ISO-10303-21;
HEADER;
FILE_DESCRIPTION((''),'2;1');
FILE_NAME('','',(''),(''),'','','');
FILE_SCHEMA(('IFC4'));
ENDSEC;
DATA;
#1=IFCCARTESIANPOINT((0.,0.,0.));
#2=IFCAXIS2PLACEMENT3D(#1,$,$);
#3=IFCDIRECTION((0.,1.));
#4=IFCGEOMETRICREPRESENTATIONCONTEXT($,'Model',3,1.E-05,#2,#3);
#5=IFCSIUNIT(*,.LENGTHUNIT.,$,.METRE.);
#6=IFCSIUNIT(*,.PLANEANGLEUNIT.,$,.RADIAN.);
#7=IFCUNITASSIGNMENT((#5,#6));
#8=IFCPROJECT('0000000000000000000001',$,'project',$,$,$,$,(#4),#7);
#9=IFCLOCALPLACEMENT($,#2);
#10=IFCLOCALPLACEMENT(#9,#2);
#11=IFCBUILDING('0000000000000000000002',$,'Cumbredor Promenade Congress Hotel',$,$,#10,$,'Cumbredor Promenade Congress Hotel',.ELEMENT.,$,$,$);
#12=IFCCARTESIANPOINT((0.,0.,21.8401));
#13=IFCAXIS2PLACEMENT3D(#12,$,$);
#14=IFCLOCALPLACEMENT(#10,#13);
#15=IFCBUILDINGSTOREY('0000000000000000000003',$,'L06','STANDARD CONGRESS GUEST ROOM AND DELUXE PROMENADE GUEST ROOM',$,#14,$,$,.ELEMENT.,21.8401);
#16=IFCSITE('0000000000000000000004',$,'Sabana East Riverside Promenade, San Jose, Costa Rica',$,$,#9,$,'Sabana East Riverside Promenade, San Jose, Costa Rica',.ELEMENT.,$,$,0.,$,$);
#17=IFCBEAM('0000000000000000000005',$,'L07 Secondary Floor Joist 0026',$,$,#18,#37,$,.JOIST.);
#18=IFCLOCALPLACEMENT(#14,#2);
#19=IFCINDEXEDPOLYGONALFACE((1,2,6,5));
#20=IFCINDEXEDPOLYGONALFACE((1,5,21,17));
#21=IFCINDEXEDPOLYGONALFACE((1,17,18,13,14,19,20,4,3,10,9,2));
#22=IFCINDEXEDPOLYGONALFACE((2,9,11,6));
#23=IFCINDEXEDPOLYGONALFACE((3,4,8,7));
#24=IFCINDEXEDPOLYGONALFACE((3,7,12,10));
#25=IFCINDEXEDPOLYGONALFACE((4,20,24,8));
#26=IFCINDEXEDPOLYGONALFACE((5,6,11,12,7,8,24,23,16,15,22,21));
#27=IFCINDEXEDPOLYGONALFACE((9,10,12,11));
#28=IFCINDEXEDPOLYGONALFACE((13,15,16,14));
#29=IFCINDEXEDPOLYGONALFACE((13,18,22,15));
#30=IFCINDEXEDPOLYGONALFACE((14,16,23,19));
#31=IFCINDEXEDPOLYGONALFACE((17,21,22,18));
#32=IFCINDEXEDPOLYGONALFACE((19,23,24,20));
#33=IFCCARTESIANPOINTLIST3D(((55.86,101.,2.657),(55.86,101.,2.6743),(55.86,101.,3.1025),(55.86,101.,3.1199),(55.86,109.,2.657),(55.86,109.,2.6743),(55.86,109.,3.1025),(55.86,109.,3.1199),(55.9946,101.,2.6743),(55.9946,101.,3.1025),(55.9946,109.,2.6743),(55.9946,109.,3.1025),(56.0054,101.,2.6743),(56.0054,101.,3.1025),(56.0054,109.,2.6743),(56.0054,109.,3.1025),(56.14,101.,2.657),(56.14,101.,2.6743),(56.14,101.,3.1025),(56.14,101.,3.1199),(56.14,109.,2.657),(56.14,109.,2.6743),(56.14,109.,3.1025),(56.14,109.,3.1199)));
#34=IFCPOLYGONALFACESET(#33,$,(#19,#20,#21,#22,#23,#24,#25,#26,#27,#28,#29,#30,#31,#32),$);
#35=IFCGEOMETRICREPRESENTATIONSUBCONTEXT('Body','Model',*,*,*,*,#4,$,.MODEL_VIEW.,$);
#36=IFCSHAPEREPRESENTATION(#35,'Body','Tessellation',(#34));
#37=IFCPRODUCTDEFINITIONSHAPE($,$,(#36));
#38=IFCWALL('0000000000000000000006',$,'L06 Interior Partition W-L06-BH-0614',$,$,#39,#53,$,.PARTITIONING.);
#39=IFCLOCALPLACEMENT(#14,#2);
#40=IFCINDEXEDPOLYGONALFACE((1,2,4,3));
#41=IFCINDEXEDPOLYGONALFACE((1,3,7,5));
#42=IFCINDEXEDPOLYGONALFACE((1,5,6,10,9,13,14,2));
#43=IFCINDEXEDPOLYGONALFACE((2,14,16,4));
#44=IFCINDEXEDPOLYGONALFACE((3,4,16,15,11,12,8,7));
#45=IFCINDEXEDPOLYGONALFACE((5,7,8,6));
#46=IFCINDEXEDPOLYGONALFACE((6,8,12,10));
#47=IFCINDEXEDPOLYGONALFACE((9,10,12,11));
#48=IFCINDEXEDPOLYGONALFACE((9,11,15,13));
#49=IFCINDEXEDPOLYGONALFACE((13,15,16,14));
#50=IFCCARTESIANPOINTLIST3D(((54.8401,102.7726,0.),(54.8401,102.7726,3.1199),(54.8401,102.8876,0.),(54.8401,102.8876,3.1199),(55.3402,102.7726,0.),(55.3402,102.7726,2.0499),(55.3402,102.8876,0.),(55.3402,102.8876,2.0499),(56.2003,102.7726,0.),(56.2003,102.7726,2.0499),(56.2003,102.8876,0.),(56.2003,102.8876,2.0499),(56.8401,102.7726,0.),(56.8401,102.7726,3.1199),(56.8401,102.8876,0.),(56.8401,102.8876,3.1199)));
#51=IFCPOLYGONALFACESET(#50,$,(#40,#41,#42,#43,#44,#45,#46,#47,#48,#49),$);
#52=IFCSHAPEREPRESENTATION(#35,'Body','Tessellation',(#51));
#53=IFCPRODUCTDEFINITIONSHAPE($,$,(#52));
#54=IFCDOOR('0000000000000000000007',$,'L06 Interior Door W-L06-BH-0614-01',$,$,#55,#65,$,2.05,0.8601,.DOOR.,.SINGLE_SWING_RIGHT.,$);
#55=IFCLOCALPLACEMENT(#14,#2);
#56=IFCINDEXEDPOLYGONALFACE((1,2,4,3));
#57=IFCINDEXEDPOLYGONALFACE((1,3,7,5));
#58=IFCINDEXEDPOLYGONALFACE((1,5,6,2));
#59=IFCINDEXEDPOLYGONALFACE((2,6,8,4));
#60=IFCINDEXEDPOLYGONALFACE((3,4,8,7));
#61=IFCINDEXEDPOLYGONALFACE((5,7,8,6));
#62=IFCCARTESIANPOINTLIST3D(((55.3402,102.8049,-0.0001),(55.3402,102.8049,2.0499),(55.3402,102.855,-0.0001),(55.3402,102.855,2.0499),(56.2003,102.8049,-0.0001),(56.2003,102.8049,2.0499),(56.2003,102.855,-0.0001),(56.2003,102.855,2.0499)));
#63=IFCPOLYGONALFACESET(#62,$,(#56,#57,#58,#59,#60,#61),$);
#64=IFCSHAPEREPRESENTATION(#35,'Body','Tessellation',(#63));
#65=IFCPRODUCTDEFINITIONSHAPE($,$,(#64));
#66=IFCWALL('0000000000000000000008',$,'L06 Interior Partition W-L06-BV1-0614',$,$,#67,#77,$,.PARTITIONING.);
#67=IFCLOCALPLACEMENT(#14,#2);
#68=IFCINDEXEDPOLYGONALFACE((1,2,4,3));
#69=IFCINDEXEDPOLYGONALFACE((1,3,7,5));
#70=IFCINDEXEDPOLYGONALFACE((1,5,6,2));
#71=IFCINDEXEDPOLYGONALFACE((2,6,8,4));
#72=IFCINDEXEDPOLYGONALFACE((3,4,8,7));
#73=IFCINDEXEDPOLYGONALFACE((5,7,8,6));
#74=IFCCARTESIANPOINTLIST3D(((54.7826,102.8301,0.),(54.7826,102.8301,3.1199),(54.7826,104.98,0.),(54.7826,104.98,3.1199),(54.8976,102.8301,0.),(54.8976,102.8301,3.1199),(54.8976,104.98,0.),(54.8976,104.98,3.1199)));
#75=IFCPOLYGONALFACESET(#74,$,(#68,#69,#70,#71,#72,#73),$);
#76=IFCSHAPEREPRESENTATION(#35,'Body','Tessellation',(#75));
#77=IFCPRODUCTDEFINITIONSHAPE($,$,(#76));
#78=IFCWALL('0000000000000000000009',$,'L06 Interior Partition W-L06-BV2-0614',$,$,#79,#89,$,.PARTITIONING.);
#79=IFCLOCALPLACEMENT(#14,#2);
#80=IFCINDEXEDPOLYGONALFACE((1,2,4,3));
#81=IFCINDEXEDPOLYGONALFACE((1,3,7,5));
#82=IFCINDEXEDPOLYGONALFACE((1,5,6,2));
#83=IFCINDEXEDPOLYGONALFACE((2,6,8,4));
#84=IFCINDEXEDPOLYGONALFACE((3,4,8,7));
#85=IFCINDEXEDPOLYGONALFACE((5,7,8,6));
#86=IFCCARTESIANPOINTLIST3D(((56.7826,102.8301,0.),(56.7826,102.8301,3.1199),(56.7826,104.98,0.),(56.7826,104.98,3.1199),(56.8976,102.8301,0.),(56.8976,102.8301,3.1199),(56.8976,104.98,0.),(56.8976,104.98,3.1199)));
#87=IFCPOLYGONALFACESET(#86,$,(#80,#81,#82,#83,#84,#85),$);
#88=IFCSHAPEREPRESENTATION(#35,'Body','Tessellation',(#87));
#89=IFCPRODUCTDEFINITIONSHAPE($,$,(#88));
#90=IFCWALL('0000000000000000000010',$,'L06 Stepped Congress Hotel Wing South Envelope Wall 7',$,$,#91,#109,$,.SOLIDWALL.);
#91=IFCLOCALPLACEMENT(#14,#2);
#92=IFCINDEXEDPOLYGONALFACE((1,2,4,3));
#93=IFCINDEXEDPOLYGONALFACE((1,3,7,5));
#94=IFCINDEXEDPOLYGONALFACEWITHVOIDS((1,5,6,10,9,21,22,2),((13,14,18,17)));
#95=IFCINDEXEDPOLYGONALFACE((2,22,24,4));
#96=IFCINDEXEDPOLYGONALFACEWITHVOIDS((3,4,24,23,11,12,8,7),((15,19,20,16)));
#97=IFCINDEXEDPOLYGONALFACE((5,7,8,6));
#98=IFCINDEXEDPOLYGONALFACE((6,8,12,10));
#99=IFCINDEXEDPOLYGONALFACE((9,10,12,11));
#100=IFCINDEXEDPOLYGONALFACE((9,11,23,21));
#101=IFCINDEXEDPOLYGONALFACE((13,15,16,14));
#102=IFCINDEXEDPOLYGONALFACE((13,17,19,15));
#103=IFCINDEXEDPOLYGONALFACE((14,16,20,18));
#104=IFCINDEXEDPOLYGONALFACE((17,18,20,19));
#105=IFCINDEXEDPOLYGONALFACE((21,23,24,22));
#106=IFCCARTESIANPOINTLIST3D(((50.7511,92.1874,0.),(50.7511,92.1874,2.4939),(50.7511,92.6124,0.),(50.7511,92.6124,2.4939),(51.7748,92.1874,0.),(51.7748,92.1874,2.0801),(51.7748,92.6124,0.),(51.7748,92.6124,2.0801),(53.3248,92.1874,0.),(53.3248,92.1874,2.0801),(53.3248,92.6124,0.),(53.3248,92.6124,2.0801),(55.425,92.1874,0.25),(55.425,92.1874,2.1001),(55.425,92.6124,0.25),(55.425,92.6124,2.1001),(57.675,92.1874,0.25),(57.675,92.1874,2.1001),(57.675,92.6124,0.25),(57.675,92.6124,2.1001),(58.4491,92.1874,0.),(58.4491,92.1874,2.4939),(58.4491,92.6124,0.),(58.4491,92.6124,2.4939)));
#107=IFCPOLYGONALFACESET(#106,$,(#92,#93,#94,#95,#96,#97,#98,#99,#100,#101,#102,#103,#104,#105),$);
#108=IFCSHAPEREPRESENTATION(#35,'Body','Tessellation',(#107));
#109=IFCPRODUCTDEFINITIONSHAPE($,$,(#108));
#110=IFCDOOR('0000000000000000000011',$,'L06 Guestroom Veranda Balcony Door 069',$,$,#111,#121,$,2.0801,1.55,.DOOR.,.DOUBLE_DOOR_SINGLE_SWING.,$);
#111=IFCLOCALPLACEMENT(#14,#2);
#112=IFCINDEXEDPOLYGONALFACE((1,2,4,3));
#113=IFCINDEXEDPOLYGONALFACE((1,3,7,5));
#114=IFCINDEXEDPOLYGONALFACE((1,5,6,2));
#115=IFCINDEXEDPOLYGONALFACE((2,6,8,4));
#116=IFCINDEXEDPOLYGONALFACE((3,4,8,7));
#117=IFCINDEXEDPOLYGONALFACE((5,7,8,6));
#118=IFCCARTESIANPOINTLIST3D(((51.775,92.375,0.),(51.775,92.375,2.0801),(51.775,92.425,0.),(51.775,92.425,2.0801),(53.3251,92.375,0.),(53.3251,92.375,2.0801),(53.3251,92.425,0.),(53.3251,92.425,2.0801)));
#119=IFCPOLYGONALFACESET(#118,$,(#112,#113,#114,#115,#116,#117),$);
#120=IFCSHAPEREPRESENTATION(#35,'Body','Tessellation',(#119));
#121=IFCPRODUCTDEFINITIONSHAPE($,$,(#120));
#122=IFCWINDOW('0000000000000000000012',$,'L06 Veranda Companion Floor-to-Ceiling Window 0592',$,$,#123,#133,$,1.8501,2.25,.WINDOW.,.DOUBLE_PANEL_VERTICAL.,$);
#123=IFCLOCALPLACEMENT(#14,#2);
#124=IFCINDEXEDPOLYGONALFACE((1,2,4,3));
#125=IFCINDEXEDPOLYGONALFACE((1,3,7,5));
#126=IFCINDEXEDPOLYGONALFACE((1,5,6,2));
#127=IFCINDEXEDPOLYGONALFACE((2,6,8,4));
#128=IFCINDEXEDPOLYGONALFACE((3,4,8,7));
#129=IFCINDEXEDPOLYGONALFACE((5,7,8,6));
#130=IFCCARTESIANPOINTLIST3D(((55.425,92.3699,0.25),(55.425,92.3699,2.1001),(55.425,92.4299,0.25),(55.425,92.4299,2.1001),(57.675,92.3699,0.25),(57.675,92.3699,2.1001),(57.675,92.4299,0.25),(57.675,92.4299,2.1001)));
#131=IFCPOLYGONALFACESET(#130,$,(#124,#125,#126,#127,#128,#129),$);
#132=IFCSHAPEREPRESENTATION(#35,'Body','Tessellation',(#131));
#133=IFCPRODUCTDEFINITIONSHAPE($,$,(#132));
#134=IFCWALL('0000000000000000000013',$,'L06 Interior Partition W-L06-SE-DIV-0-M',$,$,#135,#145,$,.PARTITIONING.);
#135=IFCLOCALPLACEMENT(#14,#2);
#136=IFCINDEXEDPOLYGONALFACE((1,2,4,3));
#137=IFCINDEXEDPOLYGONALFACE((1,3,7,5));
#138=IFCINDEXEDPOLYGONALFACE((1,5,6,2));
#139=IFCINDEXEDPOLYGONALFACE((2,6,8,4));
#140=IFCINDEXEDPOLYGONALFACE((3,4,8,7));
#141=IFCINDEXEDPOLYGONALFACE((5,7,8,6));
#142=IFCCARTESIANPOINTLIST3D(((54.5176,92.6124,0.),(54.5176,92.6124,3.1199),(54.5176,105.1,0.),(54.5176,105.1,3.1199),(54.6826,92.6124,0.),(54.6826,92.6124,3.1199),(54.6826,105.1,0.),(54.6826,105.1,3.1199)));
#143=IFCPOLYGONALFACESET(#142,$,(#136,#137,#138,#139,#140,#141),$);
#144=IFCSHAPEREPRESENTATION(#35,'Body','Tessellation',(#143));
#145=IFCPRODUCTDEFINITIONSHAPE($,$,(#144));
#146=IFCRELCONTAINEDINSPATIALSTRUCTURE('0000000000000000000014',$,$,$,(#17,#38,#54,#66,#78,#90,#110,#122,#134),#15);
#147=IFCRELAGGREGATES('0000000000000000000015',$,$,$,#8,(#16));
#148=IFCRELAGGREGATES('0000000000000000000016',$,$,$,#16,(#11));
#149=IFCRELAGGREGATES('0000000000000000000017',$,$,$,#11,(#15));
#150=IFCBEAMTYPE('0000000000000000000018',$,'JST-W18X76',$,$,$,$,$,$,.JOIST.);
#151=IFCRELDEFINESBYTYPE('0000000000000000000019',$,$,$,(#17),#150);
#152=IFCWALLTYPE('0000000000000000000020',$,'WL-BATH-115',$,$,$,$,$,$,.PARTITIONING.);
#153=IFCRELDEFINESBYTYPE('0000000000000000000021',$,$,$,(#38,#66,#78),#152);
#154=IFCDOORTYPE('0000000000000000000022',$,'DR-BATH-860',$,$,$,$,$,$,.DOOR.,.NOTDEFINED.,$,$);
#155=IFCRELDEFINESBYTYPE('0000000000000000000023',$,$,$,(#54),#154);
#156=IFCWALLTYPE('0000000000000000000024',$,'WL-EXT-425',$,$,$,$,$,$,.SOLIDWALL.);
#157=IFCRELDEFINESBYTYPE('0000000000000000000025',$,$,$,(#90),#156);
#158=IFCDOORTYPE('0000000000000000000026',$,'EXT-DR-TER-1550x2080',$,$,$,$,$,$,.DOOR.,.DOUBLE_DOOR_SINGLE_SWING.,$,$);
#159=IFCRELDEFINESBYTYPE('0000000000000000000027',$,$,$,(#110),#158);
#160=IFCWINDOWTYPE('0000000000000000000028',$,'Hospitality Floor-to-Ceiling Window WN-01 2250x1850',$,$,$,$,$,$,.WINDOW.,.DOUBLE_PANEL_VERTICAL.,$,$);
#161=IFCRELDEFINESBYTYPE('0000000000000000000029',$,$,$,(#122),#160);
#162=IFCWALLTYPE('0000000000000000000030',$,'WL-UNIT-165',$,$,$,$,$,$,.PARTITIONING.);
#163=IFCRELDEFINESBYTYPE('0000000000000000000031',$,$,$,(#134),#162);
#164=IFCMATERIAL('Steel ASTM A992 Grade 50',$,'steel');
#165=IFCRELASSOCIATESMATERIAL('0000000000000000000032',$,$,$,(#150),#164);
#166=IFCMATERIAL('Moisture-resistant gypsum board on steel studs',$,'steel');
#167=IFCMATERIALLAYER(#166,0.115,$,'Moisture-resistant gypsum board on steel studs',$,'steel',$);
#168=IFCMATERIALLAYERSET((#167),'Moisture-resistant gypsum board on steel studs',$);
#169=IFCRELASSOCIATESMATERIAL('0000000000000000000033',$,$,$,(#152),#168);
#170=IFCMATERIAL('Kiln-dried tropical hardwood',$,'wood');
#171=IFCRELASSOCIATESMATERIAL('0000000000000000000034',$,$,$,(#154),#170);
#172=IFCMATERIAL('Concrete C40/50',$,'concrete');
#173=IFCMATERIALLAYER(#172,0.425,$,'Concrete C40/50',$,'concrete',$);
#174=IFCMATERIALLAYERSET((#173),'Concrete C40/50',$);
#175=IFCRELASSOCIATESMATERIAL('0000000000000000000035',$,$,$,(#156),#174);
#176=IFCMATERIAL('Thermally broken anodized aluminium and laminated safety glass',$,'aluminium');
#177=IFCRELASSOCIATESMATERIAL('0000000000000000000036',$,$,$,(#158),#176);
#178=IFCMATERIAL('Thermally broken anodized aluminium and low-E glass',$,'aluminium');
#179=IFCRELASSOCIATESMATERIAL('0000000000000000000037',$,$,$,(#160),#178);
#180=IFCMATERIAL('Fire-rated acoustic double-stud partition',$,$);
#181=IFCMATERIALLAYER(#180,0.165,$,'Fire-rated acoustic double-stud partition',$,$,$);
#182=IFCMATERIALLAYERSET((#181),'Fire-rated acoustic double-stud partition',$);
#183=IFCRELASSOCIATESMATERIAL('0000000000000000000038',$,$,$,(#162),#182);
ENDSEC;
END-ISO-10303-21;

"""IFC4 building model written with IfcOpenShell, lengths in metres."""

from ifc_helpers import new_model, si_unit, direction, frame, frame_2d, origin, origin_2d, place, context, subcontext, project, spatial, rectangle, i_section, extrude, material, layer, layer_set, material_profile, profile_set, type_object, element, fill, save


model = new_model("IFC4")

# Units and contexts
model_context = context("Model", 3, precision=1e-05, world=origin(), true_north=direction((0.0, 1.0)))
body_context = subcontext(model_context, "Body", "Model", "MODEL_VIEW")
ifc_project = project(units=[si_unit("LENGTHUNIT", "METRE"), si_unit("PLANEANGLEUNIT", "RADIAN")], contexts=[model_context])

# Site, building, storey
site_placement = place(None, origin())
site = spatial("IfcSite", under=ifc_project, at=site_placement, Name="Sabana East Riverside Promenade, San Jose, Costa Rica", LongName="Sabana East Riverside Promenade, San Jose, Costa Rica", CompositionType="ELEMENT", RefElevation=0.0)
building_placement = place(site_placement, origin())
building = spatial("IfcBuilding", under=site, at=building_placement, Name="Cumbredor Promenade Congress Hotel", LongName="Cumbredor Promenade Congress Hotel", CompositionType="ELEMENT")
storey_placement = place(building_placement, frame((0.0, 0.0, 21.8401)))
storey = spatial("IfcBuildingStorey", under=building, at=storey_placement, Name="L06", Description="STANDARD CONGRESS GUEST ROOM AND DELUXE PROMENADE GUEST ROOM", CompositionType="ELEMENT", Elevation=21.8401)

# Shared definitions
ifc_material_1 = material(Name="Concrete C40/50", Category="concrete")

# Beam
ifc_material_2 = material(Name="Steel ASTM A992 Grade 50", Category="steel")
ifc_material_profile_1 = material_profile(ifc_material_2, i_section(OverallWidth=0.28, OverallDepth=0.4629, WebThickness=0.0107, FlangeThickness=0.0173, at=origin_2d()), Name="W18X76")
ifc_profile_set_1 = profile_set([ifc_material_profile_1], Name="Steel ASTM A992 Grade 50")
beam_type_1 = type_object("IfcBeamType", Name="JST-W18X76", PredefinedType="JOIST", material=ifc_profile_set_1)
for number, where, z_axis, x_axis, name in (
    (1, (56.0, 101.0, 2.8884), (0.0, 1.0, 0.0), (-1.0, 0.0, 0.0), "L07 Secondary Floor Joist 0026"),
):
    element("IfcBeam", number, at=place(storey_placement, frame(where, z_axis=z_axis, x_axis=x_axis)), inside=storey, type_object=beam_type_1, Name=name, PredefinedType="JOIST", context=body_context, shape_type="SweptSolid", body=[
        extrude(i_section(OverallWidth=0.28, OverallDepth=0.4629, WebThickness=0.0107, FlangeThickness=0.0173, at=origin_2d()), origin(), (0.0, 0.0, 1.0), 8.0),
    ])

# Wall, opening, door
ifc_material_3 = material(Name="Moisture-resistant gypsum board on steel studs", Category="steel")
ifc_layer_1 = layer(ifc_material_3, 0.115, Name="Moisture-resistant gypsum board on steel studs", Category="steel")
ifc_layer_set_1 = layer_set([ifc_layer_1], Name="Moisture-resistant gypsum board on steel studs")
wall_type_1 = type_object("IfcWallType", Name="WL-BATH-115", PredefinedType="PARTITIONING", material=ifc_layer_set_1)
wall_1_placement = place(storey_placement, frame((54.8401, 102.8301, 0.0), z_axis=(0.0, 0.0, 1.0), x_axis=(1.0, 0.0, 0.0)))
wall_1 = element("IfcWall", 2, at=wall_1_placement, inside=storey, type_object=wall_type_1, Name="L06 Interior Partition W-L06-BH-0614", PredefinedType="PARTITIONING", context=body_context, shape_type="SweptSolid", body=[
    extrude(rectangle(XDim=2.0, YDim=0.115, at=frame_2d((1.0, 0.0))), origin(), (0.0, 0.0, 1.0), 3.1199),
])
opening_1_placement = place(wall_1_placement, frame((0.5, 0.0, 0.0)))
opening_1 = element("IfcOpeningElement", 3, at=opening_1_placement, cuts=wall_1, PredefinedType="OPENING", context=body_context, shape_type="SweptSolid", body=[
    extrude(rectangle(XDim=0.8601, YDim=2.05, at=frame_2d((0.4302, 1.0249))), frame((0.0, 0.0674, 0.0), z_axis=(0.0, -1.0, 0.0), x_axis=(1.0, 0.0, 0.0)), (0.0, 0.0, 1.0), 0.135),
])
ifc_material_4 = material(Name="Kiln-dried tropical hardwood", Category="wood")
door_type_1 = type_object("IfcDoorType", Name="DR-BATH-860", OperationType="NOTDEFINED", PredefinedType="DOOR", material=ifc_material_4)
door_1_placement = place(opening_1_placement, origin())
door_1 = element("IfcDoor", 4, at=door_1_placement, inside=storey, type_object=door_type_1, Name="L06 Interior Door W-L06-BH-0614-01", OperationType="SINGLE_SWING_RIGHT", OverallHeight=2.05, OverallWidth=0.8601, PredefinedType="DOOR", context=body_context, shape_type="SweptSolid", body=[
    extrude(rectangle(XDim=0.8601, YDim=2.05, at=frame_2d((0.4302, 1.0249))), frame((0.0, 0.0249, 0.0), z_axis=(0.0, -1.0, 0.0), x_axis=(1.0, 0.0, 0.0)), (0.0, 0.0, 1.0), 0.05),
])
fill(opening_1, door_1)

# Walls
for number, where, z_axis, x_axis, name in (
    (5, (54.8401, 102.8301, 0.0), (0.0, 0.0, 1.0), (0.0, 1.0, 0.0), "L06 Interior Partition W-L06-BV1-0614"),
    (6, (56.8401, 102.8301, 0.0), (0.0, 0.0, 1.0), (0.0, 1.0, 0.0), "L06 Interior Partition W-L06-BV2-0614"),
):
    element("IfcWall", number, at=place(storey_placement, frame(where, z_axis=z_axis, x_axis=x_axis)), inside=storey, type_object=wall_type_1, Name=name, PredefinedType="PARTITIONING", context=body_context, shape_type="SweptSolid", body=[
        extrude(rectangle(XDim=2.1499, YDim=0.115, at=frame_2d((1.075, 0.0))), origin(), (0.0, 0.0, 1.0), 3.1199),
    ])

# Wall, openings, door, window
ifc_layer_2 = layer(ifc_material_1, 0.425, Name="Concrete C40/50", Category="concrete")
ifc_layer_set_2 = layer_set([ifc_layer_2], Name="Concrete C40/50")
wall_type_2 = type_object("IfcWallType", Name="WL-EXT-425", PredefinedType="SOLIDWALL", material=ifc_layer_set_2)
wall_2_placement = place(storey_placement, frame((50.751, 92.3999, 0.0), z_axis=(0.0, 0.0, 1.0), x_axis=(1.0, 0.0, 0.0)))
wall_2 = element("IfcWall", 7, at=wall_2_placement, inside=storey, type_object=wall_type_2, Name="L06 Stepped Congress Hotel Wing South Envelope Wall 7", PredefinedType="SOLIDWALL", context=body_context, shape_type="SweptSolid", body=[
    extrude(rectangle(XDim=7.698, YDim=0.425, at=frame_2d((3.8491, 0.0))), origin(), (0.0, 0.0, 1.0), 2.4939),
])
opening_2_placement = place(wall_2_placement, frame((1.0239, 0.0, 0.0)))
opening_2 = element("IfcOpeningElement", 8, at=opening_2_placement, cuts=wall_2, PredefinedType="OPENING", context=body_context, shape_type="SweptSolid", body=[
    extrude(rectangle(XDim=1.55, YDim=2.0801, at=frame_2d((0.7749, 1.04))), frame((0.0, 0.2227, 0.0), z_axis=(0.0, -1.0, 0.0), x_axis=(1.0, 0.0, 0.0)), (0.0, 0.0, 1.0), 0.4451),
])
opening_3_placement = place(wall_2_placement, frame((4.6741, 0.0, 0.25)))
opening_3 = element("IfcOpeningElement", 9, at=opening_3_placement, cuts=wall_2, PredefinedType="OPENING", context=body_context, shape_type="SweptSolid", body=[
    extrude(rectangle(XDim=2.25, YDim=1.8501, at=frame_2d((1.125, 0.925))), frame((0.0, 0.2227, 0.0), z_axis=(0.0, -1.0, 0.0), x_axis=(1.0, 0.0, 0.0)), (0.0, 0.0, 1.0), 0.4451),
])
ifc_material_5 = material(Name="Thermally broken anodized aluminium and laminated safety glass", Category="aluminium")
door_type_2 = type_object("IfcDoorType", Name="EXT-DR-TER-1550x2080", OperationType="DOUBLE_DOOR_SINGLE_SWING", PredefinedType="DOOR", material=ifc_material_5)
door_2_placement = place(opening_2_placement, frame((1.55, 0.0, 0.0), z_axis=(0.0, 0.0, 1.0), x_axis=(-1.0, 0.0, 0.0)))
door_2 = element("IfcDoor", 10, at=door_2_placement, inside=storey, type_object=door_type_2, Name="L06 Guestroom Veranda Balcony Door 069", OperationType="DOUBLE_DOOR_SINGLE_SWING", OverallHeight=2.0801, OverallWidth=1.55, PredefinedType="DOOR", context=body_context, shape_type="SweptSolid", body=[
    extrude(rectangle(XDim=1.55, YDim=2.0801, at=frame_2d((0.7749, 1.04))), frame((0.0, 0.0249, 0.0), z_axis=(0.0, -1.0, 0.0), x_axis=(1.0, 0.0, 0.0)), (0.0, 0.0, 1.0), 0.05),
])
fill(opening_2, door_2)
ifc_material_6 = material(Name="Thermally broken anodized aluminium and low-E glass", Category="aluminium")
window_type = type_object("IfcWindowType", Name="Hospitality Floor-to-Ceiling Window WN-01 2250x1850", PartitioningType="DOUBLE_PANEL_VERTICAL", PredefinedType="WINDOW", material=ifc_material_6)
window_placement = place(opening_3_placement, origin())
window = element("IfcWindow", 11, at=window_placement, inside=storey, type_object=window_type, Name="L06 Veranda Companion Floor-to-Ceiling Window 0592", OverallHeight=1.8501, OverallWidth=2.25, PartitioningType="DOUBLE_PANEL_VERTICAL", PredefinedType="WINDOW", context=body_context, shape_type="SweptSolid", body=[
    extrude(rectangle(XDim=2.25, YDim=1.8501, at=frame_2d((1.125, 0.925))), frame((0.0, 0.03, 0.0), z_axis=(0.0, -1.0, 0.0), x_axis=(1.0, 0.0, 0.0)), (0.0, 0.0, 1.0), 0.0601),
])
fill(opening_3, window)

# Wall
ifc_material_7 = material(Name="Fire-rated acoustic double-stud partition")
ifc_layer_3 = layer(ifc_material_7, 0.165, Name="Fire-rated acoustic double-stud partition")
ifc_layer_set_3 = layer_set([ifc_layer_3], Name="Fire-rated acoustic double-stud partition")
wall_type_3 = type_object("IfcWallType", Name="WL-UNIT-165", PredefinedType="PARTITIONING", material=ifc_layer_set_3)
wall_3_placement = place(storey_placement, frame((54.6001, 92.6125, 0.0), z_axis=(0.0, 0.0, 1.0), x_axis=(0.0, 1.0, 0.0)))
element("IfcWall", 12, at=wall_3_placement, inside=storey, type_object=wall_type_3, Name="L06 Interior Partition W-L06-SE-DIV-0-M", PredefinedType="PARTITIONING", context=body_context, shape_type="SweptSolid", body=[
    extrude(rectangle(XDim=12.4875, YDim=0.165, at=frame_2d((6.2437, 0.0))), origin(), (0.0, 0.0, 1.0), 3.1199),
])

save(model, "model.ifc")
